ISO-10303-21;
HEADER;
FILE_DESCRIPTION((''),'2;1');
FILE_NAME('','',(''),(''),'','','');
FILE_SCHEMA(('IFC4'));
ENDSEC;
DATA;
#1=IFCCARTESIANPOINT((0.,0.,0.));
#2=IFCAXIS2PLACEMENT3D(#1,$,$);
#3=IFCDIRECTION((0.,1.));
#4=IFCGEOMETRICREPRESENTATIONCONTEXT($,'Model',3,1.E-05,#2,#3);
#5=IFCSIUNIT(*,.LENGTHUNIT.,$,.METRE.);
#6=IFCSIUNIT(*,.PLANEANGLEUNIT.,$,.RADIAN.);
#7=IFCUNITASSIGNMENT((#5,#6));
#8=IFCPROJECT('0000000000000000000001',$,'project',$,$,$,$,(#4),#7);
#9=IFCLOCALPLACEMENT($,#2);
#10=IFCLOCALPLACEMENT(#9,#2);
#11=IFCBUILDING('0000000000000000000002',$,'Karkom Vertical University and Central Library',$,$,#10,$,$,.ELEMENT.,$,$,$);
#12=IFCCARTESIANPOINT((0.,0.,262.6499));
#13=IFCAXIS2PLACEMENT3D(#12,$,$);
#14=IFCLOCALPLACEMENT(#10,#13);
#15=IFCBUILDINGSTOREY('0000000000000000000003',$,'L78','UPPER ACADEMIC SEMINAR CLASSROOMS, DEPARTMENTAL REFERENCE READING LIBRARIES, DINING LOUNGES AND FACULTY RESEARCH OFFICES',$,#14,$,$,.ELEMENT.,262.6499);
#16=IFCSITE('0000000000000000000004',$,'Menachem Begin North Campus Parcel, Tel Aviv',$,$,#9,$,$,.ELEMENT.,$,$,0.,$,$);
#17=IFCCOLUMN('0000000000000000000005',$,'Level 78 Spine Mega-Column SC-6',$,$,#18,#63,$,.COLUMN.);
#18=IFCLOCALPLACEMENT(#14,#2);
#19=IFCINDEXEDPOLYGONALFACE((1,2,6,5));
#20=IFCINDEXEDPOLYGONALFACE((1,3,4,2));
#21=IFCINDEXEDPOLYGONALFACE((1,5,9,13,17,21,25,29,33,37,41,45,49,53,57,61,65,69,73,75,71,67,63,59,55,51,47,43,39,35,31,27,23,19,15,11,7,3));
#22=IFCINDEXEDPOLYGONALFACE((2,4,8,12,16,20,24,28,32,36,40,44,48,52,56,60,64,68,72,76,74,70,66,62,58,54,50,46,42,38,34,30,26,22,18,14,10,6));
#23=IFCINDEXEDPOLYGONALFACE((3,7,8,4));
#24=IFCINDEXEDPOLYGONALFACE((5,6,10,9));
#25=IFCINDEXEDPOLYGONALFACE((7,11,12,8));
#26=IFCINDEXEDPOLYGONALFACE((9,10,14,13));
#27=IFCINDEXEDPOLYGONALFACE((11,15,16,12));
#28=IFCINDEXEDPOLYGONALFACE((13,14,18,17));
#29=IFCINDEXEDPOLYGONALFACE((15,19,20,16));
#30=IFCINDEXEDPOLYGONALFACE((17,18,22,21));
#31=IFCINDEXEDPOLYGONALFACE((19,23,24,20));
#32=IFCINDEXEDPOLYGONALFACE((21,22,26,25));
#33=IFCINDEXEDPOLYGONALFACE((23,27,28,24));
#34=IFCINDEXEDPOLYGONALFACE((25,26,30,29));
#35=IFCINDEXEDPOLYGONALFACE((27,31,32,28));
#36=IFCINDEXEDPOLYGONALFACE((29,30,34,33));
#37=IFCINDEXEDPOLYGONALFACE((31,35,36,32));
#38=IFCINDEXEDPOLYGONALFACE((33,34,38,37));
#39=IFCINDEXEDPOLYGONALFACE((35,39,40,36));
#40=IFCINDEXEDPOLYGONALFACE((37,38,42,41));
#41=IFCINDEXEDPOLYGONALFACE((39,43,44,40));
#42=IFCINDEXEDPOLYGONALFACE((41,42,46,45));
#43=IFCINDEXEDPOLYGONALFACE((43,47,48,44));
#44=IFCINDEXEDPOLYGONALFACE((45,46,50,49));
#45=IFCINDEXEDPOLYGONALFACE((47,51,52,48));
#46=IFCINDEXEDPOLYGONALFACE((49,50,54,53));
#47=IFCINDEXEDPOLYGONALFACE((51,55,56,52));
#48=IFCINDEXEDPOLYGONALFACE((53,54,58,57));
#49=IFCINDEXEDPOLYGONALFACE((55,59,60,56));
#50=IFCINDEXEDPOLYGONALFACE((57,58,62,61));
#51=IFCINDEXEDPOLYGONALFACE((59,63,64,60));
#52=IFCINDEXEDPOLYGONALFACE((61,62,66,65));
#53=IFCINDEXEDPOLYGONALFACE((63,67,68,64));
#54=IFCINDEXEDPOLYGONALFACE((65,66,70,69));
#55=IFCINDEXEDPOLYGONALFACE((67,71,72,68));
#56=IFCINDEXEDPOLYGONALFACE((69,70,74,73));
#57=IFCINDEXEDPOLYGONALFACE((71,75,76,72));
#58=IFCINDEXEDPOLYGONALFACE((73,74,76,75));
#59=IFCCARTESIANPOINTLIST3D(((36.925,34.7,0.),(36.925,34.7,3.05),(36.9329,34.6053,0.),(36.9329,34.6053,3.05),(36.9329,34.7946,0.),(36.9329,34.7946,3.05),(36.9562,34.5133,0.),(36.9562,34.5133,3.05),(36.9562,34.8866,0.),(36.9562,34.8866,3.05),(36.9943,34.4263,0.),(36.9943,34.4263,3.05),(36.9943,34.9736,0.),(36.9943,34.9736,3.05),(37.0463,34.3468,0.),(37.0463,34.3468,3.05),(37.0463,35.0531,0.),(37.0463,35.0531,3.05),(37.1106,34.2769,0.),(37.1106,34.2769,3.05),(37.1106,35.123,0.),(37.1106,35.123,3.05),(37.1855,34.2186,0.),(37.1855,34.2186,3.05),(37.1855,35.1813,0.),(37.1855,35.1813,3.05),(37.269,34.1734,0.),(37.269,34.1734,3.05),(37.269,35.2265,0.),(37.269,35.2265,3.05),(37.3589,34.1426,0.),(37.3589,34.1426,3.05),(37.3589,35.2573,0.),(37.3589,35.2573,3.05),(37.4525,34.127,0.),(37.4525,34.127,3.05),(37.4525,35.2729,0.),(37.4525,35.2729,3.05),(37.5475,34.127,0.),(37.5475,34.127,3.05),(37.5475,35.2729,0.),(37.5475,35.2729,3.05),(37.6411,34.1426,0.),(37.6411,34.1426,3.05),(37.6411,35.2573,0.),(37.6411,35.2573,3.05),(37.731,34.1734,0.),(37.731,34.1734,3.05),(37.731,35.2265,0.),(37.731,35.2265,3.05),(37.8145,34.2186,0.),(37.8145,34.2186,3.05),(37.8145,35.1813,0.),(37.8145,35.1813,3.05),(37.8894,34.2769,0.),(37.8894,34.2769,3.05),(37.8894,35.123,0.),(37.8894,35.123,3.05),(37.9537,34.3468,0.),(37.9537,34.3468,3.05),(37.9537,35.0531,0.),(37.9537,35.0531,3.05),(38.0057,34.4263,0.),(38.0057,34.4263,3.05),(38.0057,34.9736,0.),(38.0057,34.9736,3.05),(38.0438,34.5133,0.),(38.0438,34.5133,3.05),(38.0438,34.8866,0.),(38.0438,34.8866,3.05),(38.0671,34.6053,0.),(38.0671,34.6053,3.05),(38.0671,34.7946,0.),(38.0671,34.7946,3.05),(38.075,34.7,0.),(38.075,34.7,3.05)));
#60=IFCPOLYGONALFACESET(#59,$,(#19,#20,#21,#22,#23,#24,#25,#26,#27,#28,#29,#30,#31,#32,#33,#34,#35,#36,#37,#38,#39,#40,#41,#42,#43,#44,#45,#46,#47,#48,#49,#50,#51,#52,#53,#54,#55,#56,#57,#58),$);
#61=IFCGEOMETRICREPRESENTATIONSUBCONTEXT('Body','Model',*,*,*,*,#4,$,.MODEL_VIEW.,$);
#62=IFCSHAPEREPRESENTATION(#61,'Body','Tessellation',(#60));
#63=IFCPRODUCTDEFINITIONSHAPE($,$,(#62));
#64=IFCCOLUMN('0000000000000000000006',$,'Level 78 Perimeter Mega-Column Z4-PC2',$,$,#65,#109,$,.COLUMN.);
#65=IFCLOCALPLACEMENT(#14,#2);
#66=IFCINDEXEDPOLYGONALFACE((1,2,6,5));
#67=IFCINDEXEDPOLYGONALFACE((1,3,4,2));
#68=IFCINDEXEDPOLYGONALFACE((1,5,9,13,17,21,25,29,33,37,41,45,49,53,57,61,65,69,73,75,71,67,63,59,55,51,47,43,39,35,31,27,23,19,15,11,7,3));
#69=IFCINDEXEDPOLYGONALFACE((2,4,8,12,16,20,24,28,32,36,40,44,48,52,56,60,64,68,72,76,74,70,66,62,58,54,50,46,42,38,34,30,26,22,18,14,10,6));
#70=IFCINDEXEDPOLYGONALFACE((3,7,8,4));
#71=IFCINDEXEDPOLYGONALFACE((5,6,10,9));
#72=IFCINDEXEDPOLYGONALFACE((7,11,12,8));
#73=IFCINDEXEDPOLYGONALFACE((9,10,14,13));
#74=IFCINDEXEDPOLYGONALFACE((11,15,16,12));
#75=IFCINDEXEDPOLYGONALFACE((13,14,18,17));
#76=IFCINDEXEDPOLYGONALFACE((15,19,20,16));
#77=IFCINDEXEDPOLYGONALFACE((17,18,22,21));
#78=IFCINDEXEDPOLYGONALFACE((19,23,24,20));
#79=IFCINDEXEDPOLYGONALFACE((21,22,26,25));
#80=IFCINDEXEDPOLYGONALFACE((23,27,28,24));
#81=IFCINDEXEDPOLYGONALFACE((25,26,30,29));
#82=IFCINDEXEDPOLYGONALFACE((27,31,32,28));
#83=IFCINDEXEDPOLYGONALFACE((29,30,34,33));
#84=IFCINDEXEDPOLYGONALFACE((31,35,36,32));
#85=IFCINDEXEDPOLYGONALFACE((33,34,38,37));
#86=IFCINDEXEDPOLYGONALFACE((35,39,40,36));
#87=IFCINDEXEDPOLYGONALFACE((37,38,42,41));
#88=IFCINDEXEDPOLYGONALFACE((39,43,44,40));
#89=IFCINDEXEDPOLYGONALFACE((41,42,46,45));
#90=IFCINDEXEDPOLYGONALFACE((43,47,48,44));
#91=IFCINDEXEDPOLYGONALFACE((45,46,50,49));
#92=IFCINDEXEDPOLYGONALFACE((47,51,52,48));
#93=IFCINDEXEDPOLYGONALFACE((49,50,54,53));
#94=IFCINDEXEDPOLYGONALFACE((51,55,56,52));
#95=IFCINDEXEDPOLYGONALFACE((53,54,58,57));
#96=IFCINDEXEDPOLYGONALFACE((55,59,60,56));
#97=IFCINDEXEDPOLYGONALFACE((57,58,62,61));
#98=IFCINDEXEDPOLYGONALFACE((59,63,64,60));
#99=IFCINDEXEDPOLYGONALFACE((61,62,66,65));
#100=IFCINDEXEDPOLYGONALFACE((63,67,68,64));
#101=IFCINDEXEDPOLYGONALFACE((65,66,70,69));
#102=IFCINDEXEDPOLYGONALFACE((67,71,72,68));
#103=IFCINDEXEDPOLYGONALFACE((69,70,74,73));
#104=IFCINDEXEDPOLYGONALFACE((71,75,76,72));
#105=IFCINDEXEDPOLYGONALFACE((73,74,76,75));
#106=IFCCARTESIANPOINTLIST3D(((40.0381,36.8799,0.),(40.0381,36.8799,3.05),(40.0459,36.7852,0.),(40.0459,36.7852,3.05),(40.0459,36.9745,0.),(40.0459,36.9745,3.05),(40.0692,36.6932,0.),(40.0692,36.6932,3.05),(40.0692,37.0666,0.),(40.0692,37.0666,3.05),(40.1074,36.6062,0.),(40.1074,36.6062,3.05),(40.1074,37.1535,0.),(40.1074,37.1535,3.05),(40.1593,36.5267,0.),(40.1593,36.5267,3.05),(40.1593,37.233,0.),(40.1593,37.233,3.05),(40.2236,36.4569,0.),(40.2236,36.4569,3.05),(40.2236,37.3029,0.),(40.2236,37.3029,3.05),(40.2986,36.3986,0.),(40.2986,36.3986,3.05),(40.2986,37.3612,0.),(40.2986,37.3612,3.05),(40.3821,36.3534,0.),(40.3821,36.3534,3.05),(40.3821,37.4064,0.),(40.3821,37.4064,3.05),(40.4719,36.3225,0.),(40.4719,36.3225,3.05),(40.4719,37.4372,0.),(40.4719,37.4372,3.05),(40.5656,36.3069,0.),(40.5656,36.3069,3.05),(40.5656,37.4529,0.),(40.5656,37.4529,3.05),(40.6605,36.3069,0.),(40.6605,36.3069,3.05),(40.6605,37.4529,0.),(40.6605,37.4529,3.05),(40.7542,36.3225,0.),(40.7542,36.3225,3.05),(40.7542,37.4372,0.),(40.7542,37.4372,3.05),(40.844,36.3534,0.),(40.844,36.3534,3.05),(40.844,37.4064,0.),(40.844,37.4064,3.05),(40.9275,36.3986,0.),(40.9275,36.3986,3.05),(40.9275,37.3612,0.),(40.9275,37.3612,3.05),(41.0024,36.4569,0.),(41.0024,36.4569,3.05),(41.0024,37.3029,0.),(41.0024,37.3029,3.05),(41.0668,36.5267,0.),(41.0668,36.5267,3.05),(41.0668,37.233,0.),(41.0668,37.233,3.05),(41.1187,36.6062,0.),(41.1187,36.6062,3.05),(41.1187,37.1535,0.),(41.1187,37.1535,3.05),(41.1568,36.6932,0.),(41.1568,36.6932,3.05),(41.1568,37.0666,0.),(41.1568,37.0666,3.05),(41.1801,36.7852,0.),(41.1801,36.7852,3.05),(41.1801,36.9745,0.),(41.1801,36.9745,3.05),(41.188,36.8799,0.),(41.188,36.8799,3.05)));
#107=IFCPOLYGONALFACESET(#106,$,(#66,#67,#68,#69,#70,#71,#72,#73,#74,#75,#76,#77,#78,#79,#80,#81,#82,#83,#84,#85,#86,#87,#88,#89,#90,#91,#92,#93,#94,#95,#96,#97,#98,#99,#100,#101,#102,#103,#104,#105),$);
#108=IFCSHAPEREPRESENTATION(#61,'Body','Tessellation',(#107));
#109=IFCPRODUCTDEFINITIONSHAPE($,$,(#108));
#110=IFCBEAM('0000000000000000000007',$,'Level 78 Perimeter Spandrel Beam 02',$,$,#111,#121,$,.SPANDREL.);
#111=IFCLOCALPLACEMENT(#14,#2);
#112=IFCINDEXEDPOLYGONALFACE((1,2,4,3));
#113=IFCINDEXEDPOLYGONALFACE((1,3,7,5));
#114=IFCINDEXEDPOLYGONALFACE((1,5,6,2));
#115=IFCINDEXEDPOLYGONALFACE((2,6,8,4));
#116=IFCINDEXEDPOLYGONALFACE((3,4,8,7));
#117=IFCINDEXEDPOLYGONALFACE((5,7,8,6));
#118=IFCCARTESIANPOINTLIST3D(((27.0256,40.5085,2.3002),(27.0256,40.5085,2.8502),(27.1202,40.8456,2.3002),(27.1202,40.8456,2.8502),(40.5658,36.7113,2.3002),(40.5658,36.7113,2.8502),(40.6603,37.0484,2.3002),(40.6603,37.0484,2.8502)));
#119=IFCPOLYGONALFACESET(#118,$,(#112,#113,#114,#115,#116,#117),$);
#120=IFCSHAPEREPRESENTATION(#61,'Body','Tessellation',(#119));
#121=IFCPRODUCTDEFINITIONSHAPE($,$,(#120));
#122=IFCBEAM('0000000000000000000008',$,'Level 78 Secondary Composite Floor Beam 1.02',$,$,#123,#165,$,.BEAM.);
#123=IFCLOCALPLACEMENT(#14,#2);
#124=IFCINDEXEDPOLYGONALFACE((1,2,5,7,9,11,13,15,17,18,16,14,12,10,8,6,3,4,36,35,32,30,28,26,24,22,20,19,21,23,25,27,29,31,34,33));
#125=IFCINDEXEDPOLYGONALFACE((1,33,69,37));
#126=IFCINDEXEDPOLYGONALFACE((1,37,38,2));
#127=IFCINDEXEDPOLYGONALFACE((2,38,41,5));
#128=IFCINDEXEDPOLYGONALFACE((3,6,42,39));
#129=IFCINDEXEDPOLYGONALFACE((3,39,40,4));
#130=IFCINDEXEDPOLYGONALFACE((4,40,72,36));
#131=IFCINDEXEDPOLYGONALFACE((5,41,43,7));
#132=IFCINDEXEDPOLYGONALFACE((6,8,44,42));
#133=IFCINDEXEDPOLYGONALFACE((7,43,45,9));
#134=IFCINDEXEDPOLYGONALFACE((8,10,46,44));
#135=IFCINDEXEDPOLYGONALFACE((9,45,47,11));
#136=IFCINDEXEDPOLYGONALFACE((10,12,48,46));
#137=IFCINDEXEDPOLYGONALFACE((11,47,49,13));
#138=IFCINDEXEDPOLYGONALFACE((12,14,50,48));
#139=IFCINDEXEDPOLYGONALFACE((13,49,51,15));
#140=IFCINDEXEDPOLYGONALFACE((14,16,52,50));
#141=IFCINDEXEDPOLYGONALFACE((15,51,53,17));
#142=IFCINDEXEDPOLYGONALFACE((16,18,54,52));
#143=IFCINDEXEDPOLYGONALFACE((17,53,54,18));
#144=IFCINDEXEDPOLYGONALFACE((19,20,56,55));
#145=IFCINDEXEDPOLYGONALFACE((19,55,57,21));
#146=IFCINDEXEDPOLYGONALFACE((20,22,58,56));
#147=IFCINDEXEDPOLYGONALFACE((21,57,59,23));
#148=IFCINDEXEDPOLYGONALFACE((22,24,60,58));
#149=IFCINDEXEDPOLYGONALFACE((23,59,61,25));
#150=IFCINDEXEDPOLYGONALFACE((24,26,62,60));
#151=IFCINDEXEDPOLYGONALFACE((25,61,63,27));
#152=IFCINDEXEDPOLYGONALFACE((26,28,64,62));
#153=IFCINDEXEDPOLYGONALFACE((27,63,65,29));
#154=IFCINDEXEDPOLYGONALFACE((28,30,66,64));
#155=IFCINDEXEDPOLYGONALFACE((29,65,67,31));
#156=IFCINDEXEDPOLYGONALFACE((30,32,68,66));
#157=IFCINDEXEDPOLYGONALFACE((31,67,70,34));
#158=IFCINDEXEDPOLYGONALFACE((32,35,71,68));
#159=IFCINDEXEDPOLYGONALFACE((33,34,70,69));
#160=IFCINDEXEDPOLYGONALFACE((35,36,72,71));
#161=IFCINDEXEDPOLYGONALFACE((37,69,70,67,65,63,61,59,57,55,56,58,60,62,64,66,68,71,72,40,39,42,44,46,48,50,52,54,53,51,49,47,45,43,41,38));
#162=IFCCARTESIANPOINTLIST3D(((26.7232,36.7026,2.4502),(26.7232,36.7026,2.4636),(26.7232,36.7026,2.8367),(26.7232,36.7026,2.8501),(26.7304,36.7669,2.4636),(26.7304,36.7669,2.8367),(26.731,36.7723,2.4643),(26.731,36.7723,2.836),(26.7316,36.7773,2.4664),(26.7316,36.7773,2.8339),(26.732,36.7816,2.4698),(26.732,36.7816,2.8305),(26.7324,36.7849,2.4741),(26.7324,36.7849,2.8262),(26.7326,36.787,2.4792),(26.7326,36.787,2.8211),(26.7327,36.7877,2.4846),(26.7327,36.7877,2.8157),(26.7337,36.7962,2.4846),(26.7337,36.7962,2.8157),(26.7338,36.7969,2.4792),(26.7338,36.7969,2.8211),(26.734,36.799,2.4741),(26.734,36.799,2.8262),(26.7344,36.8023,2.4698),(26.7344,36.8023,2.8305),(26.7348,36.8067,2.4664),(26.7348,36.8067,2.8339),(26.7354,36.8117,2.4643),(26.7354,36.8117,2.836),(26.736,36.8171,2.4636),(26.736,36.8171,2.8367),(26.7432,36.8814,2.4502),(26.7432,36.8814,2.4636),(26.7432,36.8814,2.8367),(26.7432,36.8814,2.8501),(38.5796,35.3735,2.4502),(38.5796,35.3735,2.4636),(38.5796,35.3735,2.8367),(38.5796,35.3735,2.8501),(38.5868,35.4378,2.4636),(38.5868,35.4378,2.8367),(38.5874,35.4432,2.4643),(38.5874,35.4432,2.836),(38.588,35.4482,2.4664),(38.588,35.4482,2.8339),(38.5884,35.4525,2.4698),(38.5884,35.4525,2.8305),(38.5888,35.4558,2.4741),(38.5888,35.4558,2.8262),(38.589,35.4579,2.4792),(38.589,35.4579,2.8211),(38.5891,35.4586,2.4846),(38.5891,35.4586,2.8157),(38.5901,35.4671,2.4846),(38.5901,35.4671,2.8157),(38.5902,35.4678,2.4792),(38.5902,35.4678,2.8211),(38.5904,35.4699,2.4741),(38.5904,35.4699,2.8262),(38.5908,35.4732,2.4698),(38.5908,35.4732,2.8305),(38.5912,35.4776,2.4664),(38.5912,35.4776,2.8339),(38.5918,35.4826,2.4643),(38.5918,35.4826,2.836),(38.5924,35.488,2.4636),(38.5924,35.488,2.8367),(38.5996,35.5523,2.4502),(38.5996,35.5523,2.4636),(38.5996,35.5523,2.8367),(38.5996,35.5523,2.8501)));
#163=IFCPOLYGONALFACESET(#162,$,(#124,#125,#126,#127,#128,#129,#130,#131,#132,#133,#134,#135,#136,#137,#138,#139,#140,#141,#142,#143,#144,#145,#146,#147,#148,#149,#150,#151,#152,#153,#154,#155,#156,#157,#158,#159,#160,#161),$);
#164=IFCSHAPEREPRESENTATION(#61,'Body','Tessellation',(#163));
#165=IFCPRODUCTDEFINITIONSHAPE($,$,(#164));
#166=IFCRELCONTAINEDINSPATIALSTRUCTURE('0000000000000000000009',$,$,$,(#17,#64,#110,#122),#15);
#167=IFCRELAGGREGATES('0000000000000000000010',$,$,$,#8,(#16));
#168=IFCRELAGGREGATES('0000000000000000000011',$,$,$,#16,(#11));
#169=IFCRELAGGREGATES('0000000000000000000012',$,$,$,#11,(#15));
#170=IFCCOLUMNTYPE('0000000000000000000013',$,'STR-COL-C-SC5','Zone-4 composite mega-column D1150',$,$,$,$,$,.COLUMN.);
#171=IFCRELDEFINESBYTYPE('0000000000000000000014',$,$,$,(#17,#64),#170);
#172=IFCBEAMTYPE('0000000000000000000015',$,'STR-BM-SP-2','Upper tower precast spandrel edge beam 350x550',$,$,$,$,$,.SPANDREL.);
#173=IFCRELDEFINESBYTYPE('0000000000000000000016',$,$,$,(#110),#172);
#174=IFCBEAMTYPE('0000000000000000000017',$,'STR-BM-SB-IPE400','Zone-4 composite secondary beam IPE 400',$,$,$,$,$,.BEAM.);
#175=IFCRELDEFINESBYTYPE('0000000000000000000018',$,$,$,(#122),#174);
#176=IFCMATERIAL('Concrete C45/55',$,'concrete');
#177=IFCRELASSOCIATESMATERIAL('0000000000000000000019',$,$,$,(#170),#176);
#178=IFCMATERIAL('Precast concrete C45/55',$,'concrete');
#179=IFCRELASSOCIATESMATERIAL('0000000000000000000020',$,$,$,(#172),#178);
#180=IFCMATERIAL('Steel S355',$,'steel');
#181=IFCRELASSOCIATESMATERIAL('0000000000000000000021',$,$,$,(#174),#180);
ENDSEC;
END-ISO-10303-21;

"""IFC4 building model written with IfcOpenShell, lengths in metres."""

from ifc_helpers import new_model, si_unit, direction, frame, origin, origin_with_axes, origin_2d, place, context, subcontext, project, spatial, rectangle, circle, i_section, extrude, source, transform, mapped, material, material_profile, profile_set, type_object, element, save


model = new_model("IFC4")

# Units and contexts
model_context = context("Model", 3, precision=1e-05, world=origin(), true_north=direction((0.0, 1.0)))
body_context = subcontext(model_context, "Body", "Model", "MODEL_VIEW")
ifc_project = project(units=[si_unit("LENGTHUNIT", "METRE"), si_unit("PLANEANGLEUNIT", "RADIAN")], contexts=[model_context])

# Site, building, storey
site_placement = place(None, origin())
site = spatial("IfcSite", under=ifc_project, at=site_placement, Name="Menachem Begin North Campus Parcel, Tel Aviv", CompositionType="ELEMENT", RefElevation=0.0)
building_placement = place(site_placement, origin())
building = spatial("IfcBuilding", under=site, at=building_placement, Name="Karkom Vertical University and Central Library", CompositionType="ELEMENT")
storey_placement = place(building_placement, frame((0.0, 0.0, 262.6499)))
storey = spatial("IfcBuildingStorey", under=building, at=storey_placement, Name="L78", Description="UPPER ACADEMIC SEMINAR CLASSROOMS, DEPARTMENTAL REFERENCE READING LIBRARIES, DINING LOUNGES AND FACULTY RESEARCH OFFICES", CompositionType="ELEMENT", Elevation=262.6499)

# Columns
ifc_material_1 = material(Name="Concrete C45/55", Category="concrete")
ifc_material_profile_1 = material_profile(ifc_material_1, circle(Radius=0.575, at=origin_2d()), Name="CFT-D1150")
ifc_profile_set_1 = profile_set([ifc_material_profile_1], Name="Concrete C45/55")
column_type = type_object("IfcColumnType", Name="STR-COL-C-SC5", Description="Zone-4 composite mega-column D1150", PredefinedType="COLUMN", material=ifc_profile_set_1)
shared_shape_1 = source(origin_with_axes(), body_context, "Body", "SweptSolid", [
    extrude(circle(Radius=0.575, at=origin_2d()), origin(), (0.0, 0.0, 1.0), 3.05),
])
for number, where, z_axis, x_axis, name in (
    (1, (37.5, 34.7, 0.0), (0.0, 0.0, 1.0), (1.0, 0.0, 0.0), "Level 78 Spine Mega-Column SC-6"),
    (2, (40.613, 36.8799, 0.0), (0.0, 0.0, 1.0), (1.0, 0.0, 0.0), "Level 78 Perimeter Mega-Column Z4-PC2"),
):
    element("IfcColumn", number, at=place(storey_placement, frame(where, z_axis=z_axis, x_axis=x_axis)), inside=storey, type_object=column_type, Name=name, PredefinedType="COLUMN", context=body_context, shape_type="MappedRepresentation", body=[
        mapped(shared_shape_1, transform((0.0, 0.0, 0.0), scale=1.0)),
    ])

# Beams
ifc_material_2 = material(Name="Precast concrete C45/55", Category="concrete")
ifc_material_profile_2 = material_profile(ifc_material_2, rectangle(XDim=0.3501, YDim=0.55, at=origin_2d()), Name="SPB-350x550")
ifc_profile_set_2 = profile_set([ifc_material_profile_2], Name="Precast concrete C45/55")
beam_type_1 = type_object("IfcBeamType", Name="STR-BM-SP-2", Description="Upper tower precast spandrel edge beam 350x550", PredefinedType="SPANDREL", material=ifc_profile_set_2)
shared_shape_2 = source(origin_with_axes(), body_context, "Body", "SweptSolid", [
    extrude(rectangle(XDim=0.3501, YDim=0.55, at=origin_2d()), origin(), (0.0, 0.0, 1.0), 14.0625),
])
beam_1_placement = place(storey_placement, frame((40.613, 36.8799, 2.5752), z_axis=(-0.962855, 0.27002, 0.0), x_axis=(-0.27002, -0.962855, 0.0)))
element("IfcBeam", 3, at=beam_1_placement, inside=storey, type_object=beam_type_1, Name="Level 78 Perimeter Spandrel Beam 02", PredefinedType="SPANDREL", context=body_context, shape_type="MappedRepresentation", body=[
    mapped(shared_shape_2, transform((0.0, 0.0, 0.0), scale=1.0)),
])
ifc_material_3 = material(Name="Steel S355", Category="steel")
ifc_material_profile_3 = material_profile(ifc_material_3, i_section(OverallWidth=0.1799, OverallDepth=0.3999, WebThickness=0.0085, FlangeThickness=0.0134, FilletRadius=0.021, at=origin_2d()), Name="IPE 400")
ifc_profile_set_3 = profile_set([ifc_material_profile_3], Name="Steel S355")
beam_type_2 = type_object("IfcBeamType", Name="STR-BM-SB-IPE400", Description="Zone-4 composite secondary beam IPE 400", PredefinedType="BEAM", material=ifc_profile_set_3)
shared_shape_3 = source(origin_with_axes(), body_context, "Body", "SweptSolid", [
    extrude(i_section(OverallWidth=0.1799, OverallDepth=0.3999, WebThickness=0.0085, FlangeThickness=0.0134, FilletRadius=0.021, at=origin_2d()), origin(), (0.0, 0.0, 1.0), 11.9307),
])
beam_2_placement = place(storey_placement, frame((38.5896, 35.4629, 2.6501), z_axis=(-0.993775, 0.111402, 0.0), x_axis=(-0.111402, -0.993775, 0.0)))
element("IfcBeam", 4, at=beam_2_placement, inside=storey, type_object=beam_type_2, Name="Level 78 Secondary Composite Floor Beam 1.02", PredefinedType="BEAM", context=body_context, shape_type="MappedRepresentation", body=[
    mapped(shared_shape_3, transform((0.0, 0.0, 0.0), scale=1.0)),
])

save(model, "model.ifc")
